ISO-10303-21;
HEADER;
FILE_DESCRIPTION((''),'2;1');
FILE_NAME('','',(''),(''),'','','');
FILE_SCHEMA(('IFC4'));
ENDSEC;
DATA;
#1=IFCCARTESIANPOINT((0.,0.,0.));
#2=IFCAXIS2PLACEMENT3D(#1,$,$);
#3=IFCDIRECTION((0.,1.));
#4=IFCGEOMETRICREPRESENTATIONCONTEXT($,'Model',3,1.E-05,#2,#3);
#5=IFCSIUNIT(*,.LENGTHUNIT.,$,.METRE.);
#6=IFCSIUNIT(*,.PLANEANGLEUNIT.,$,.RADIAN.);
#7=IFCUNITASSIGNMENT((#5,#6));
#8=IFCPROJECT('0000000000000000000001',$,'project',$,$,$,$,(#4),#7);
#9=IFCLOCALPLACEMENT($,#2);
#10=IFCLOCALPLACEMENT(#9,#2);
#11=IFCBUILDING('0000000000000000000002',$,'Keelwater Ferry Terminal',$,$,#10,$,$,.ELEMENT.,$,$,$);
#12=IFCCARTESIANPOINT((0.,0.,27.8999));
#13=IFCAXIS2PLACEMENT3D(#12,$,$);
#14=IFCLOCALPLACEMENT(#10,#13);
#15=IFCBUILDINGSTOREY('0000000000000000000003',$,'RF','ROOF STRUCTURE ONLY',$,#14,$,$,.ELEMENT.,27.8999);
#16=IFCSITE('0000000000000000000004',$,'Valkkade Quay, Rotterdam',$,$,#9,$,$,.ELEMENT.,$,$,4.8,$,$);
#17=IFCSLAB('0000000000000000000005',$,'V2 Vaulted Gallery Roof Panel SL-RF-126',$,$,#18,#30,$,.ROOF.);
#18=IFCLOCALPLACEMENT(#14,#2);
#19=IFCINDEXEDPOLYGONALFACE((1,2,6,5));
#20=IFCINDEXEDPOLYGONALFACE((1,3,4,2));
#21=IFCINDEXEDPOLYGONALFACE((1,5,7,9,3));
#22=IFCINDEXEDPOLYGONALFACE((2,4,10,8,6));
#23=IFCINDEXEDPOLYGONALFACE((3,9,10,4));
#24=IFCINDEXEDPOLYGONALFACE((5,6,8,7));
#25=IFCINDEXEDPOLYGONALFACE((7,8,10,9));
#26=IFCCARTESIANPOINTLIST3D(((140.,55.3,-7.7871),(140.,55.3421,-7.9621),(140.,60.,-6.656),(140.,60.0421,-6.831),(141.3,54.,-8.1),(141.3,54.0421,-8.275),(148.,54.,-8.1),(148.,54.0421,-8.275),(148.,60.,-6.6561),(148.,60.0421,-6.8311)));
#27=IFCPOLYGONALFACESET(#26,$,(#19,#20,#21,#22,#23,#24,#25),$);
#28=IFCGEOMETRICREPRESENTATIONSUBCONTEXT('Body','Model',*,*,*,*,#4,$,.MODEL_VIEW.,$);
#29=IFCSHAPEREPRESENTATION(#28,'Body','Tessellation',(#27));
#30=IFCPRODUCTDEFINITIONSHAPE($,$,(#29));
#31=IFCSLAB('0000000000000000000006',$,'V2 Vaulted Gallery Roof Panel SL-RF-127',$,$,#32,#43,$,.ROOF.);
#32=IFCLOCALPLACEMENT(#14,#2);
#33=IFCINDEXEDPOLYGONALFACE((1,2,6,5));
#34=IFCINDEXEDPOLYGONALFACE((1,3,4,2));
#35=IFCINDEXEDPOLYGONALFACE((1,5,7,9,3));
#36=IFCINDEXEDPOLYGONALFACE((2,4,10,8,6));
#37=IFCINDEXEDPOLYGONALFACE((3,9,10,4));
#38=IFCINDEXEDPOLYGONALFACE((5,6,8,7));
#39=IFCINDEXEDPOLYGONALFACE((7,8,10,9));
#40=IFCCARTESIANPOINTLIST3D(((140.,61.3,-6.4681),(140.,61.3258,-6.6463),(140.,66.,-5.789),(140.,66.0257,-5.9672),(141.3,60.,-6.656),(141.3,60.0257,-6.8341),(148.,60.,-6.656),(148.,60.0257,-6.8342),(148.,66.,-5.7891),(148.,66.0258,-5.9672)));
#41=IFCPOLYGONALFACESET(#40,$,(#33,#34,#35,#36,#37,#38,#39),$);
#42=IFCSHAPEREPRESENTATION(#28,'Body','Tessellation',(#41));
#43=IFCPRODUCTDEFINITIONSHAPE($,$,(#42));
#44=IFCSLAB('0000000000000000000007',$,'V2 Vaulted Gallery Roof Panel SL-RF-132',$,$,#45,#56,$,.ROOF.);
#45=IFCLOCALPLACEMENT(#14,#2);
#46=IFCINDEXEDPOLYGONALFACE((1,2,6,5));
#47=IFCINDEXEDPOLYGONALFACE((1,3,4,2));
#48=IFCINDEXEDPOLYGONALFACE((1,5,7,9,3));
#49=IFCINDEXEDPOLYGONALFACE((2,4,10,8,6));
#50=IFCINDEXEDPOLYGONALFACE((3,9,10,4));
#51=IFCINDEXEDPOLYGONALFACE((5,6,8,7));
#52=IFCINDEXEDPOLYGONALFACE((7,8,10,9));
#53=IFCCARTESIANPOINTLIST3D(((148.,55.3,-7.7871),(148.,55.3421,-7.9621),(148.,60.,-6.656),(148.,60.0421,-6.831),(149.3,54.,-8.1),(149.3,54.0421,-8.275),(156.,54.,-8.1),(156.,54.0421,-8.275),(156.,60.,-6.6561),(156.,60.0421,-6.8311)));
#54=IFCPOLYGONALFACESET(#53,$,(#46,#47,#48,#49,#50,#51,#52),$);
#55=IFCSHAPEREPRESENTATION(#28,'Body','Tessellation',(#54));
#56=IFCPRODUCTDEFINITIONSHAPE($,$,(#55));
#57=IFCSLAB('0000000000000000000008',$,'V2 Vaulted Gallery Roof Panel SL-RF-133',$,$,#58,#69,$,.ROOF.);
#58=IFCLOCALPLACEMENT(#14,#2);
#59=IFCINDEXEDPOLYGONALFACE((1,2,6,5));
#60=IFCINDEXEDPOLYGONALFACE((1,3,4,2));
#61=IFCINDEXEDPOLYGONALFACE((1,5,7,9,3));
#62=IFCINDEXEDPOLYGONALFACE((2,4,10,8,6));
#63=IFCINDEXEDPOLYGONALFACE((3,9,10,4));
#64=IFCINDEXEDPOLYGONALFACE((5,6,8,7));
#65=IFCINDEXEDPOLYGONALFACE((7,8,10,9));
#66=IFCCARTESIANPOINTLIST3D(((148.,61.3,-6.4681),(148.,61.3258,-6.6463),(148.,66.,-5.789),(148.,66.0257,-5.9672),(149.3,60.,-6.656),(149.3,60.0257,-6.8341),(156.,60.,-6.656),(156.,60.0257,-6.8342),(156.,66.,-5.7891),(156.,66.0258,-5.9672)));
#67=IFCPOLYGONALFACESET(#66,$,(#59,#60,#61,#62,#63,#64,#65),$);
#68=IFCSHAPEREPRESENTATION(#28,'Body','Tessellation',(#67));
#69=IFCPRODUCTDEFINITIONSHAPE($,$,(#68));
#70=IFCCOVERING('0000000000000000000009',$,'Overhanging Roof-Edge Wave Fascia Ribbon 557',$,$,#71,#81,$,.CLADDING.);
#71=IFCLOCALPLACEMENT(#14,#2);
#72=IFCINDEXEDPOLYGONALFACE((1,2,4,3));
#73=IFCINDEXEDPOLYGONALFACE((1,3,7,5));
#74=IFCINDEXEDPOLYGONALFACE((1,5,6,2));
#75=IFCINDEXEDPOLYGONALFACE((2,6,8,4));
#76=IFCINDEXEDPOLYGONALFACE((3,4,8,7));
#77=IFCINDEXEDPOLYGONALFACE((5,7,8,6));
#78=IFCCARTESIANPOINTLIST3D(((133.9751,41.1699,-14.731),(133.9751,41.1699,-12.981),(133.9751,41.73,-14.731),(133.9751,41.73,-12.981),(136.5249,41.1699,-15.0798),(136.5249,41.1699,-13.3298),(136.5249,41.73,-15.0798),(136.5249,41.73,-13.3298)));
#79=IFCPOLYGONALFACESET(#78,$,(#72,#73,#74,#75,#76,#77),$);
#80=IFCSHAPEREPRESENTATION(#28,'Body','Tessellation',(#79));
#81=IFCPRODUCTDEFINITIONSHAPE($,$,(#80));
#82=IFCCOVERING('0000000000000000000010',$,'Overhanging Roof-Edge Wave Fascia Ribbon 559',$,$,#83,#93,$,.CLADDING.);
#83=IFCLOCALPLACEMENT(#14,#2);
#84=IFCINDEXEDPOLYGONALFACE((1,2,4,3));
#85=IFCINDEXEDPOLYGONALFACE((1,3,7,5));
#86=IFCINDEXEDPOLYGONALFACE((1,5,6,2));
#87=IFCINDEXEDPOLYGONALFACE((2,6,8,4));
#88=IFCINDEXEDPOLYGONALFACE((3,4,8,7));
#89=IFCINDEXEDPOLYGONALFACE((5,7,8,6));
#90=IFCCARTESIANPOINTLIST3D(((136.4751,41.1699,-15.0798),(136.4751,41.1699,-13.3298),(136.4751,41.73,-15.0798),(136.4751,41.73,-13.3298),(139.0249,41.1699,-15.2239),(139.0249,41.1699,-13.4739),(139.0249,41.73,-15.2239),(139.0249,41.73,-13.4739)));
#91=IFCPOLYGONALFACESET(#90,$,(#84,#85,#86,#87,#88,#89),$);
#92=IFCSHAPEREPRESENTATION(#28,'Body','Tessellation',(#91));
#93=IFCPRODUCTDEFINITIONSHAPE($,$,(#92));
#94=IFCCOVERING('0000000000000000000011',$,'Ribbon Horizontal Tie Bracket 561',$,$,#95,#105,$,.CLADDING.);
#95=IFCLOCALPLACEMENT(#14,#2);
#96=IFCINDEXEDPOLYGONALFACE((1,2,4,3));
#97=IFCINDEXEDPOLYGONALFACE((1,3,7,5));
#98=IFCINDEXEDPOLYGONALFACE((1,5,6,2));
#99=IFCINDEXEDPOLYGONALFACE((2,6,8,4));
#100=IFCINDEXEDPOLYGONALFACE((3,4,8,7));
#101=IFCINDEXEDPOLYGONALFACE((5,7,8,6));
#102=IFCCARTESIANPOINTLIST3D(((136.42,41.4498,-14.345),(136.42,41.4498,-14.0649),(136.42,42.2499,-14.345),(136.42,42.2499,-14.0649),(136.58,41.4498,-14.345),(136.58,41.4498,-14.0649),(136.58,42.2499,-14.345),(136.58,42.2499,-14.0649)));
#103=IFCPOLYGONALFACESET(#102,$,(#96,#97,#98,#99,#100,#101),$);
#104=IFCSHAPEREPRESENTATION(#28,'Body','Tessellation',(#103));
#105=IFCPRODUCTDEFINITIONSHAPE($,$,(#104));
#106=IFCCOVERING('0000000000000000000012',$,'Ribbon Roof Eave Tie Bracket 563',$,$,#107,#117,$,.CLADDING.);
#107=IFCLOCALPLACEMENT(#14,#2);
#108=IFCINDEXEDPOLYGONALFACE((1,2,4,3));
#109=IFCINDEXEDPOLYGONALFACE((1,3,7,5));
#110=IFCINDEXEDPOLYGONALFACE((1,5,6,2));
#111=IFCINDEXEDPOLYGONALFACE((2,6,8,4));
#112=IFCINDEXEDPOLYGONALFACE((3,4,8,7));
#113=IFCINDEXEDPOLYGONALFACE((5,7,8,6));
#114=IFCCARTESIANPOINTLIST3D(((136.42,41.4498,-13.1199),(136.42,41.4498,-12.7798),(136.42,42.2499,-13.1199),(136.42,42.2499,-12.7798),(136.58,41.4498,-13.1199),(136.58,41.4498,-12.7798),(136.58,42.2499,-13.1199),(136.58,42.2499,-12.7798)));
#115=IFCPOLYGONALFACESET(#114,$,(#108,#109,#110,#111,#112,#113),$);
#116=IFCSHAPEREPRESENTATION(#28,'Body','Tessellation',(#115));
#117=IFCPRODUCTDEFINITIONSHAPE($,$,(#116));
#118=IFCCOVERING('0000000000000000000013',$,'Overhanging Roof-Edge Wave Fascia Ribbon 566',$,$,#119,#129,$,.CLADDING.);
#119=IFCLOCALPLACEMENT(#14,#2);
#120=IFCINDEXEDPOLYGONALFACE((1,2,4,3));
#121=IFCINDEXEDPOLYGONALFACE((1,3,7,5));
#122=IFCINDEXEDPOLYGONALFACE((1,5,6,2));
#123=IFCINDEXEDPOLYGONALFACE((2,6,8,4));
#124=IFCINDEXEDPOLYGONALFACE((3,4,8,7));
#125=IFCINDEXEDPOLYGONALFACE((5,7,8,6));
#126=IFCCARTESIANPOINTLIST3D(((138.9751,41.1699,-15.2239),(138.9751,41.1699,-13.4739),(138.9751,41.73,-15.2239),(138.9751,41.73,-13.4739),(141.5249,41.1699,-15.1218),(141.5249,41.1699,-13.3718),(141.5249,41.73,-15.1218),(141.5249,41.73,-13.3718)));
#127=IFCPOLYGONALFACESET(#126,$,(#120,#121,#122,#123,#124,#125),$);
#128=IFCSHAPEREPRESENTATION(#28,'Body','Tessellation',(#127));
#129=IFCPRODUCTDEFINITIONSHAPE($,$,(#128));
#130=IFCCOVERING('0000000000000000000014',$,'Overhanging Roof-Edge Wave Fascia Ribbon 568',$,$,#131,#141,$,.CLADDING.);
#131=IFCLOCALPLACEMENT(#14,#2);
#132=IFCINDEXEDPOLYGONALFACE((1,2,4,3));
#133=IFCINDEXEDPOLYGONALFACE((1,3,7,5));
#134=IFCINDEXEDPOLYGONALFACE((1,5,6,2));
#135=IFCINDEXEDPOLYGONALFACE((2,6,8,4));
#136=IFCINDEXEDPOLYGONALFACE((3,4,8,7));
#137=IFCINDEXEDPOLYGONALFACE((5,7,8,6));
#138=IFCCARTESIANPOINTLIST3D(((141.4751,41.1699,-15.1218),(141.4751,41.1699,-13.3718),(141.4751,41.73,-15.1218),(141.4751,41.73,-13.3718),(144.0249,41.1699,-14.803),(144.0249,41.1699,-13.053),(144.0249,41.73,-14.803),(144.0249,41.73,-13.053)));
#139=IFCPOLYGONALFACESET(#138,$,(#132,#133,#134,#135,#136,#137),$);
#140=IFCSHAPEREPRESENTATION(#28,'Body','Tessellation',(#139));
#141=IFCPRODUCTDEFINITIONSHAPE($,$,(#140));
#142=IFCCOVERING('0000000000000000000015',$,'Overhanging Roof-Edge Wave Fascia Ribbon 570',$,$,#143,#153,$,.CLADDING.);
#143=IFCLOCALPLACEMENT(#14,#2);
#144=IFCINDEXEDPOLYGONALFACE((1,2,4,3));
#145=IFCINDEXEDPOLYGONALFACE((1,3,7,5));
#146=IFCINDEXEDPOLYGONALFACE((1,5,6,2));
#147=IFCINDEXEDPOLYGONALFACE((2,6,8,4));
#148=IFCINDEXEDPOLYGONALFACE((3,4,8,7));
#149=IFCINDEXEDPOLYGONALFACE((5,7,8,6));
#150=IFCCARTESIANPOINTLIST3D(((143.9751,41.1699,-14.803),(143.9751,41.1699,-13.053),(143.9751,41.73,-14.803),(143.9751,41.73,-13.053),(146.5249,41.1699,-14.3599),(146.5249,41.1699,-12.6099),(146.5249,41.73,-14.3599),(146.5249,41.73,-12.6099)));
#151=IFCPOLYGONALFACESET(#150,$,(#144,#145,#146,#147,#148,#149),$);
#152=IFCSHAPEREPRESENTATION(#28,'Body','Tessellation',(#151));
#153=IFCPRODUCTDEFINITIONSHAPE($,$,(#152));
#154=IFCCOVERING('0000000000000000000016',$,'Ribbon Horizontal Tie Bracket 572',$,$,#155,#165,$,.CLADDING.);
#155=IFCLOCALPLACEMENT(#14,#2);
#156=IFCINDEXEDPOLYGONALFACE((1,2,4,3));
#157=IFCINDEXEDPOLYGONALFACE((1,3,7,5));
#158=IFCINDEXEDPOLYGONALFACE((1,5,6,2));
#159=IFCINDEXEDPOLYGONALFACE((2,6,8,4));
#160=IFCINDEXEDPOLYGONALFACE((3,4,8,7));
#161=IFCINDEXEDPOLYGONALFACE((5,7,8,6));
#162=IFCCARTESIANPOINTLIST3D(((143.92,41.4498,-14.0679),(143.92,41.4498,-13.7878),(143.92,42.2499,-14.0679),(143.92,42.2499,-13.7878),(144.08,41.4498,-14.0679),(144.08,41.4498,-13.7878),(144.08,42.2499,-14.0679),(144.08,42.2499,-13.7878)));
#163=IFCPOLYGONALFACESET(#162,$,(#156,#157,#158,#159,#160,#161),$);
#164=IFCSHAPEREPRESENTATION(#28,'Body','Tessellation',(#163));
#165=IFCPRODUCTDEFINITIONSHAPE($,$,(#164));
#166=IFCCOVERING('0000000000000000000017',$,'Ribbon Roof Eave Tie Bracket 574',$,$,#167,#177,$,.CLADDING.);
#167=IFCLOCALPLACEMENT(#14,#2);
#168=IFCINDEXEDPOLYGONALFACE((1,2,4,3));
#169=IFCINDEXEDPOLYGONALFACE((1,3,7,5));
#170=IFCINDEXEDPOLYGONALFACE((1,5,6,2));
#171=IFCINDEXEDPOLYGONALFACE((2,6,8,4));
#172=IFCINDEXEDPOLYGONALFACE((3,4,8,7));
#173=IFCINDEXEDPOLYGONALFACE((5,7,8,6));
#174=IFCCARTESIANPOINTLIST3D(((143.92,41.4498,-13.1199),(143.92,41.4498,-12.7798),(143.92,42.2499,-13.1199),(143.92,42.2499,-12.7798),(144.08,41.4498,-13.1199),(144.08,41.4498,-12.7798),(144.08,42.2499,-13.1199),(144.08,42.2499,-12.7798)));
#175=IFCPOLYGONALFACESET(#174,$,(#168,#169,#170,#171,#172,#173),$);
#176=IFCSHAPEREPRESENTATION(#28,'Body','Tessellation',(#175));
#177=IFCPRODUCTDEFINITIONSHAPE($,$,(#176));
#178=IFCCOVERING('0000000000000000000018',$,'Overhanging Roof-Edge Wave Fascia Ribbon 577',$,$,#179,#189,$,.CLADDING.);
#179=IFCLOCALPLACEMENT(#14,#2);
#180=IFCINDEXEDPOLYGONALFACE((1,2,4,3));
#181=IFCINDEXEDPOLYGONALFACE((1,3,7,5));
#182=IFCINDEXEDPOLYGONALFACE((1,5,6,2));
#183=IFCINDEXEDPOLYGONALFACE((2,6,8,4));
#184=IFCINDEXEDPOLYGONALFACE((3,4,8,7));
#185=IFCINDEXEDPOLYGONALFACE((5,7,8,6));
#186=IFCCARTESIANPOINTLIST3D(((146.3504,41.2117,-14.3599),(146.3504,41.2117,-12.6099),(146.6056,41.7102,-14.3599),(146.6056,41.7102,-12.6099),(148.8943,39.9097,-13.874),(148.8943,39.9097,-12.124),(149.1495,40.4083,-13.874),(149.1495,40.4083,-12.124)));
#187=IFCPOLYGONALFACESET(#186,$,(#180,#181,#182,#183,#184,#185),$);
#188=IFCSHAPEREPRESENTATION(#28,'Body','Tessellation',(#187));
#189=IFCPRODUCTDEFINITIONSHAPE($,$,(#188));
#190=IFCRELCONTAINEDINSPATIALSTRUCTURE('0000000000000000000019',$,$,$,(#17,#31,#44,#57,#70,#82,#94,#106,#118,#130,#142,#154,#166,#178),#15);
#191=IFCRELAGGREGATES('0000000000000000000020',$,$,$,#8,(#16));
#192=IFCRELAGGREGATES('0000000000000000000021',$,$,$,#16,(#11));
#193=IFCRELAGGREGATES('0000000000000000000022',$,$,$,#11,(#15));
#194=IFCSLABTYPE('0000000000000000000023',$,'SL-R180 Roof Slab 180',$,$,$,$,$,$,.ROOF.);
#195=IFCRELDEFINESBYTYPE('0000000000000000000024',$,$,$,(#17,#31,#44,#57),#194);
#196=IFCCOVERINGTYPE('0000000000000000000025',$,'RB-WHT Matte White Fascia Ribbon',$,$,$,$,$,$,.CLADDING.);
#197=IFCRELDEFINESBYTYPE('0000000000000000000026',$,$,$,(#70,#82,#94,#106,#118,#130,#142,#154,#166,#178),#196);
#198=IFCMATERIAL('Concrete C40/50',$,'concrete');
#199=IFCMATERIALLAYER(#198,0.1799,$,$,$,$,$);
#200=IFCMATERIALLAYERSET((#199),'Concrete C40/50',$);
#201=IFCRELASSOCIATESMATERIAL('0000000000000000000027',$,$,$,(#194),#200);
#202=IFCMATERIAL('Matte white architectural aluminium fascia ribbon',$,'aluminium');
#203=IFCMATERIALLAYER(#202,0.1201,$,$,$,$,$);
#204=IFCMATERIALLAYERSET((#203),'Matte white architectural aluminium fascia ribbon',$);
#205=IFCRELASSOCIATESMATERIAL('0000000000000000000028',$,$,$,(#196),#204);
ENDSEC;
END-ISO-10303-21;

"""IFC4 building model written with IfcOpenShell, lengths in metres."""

from ifc_helpers import new_model, si_unit, direction, frame, frame_2d, origin, origin_with_axes, place, context, subcontext, project, spatial, polyline, rectangle, outline, extrude, material, layer, layer_set, type_object, element, save


model = new_model("IFC4")

# Units and contexts
model_context = context("Model", 3, precision=1e-05, world=origin(), true_north=direction((0.0, 1.0)))
body_context = subcontext(model_context, "Body", "Model", "MODEL_VIEW")
ifc_project = project(units=[si_unit("LENGTHUNIT", "METRE"), si_unit("PLANEANGLEUNIT", "RADIAN")], contexts=[model_context])

# Site, building, storey
site_placement = place(None, origin())
site = spatial("IfcSite", under=ifc_project, at=site_placement, Name="Valkkade Quay, Rotterdam", CompositionType="ELEMENT", RefElevation=4.8)
building_placement = place(site_placement, origin())
building = spatial("IfcBuilding", under=site, at=building_placement, Name="Keelwater Ferry Terminal", CompositionType="ELEMENT")
storey_placement = place(building_placement, frame((0.0, 0.0, 27.8999)))
storey = spatial("IfcBuildingStorey", under=building, at=storey_placement, Name="RF", Description="ROOF STRUCTURE ONLY", CompositionType="ELEMENT", Elevation=27.8999)

# Slabs
ifc_material_1 = material(Name="Concrete C40/50", Category="concrete")
ifc_layer_1 = layer(ifc_material_1, 0.1799)
ifc_layer_set_1 = layer_set([ifc_layer_1], Name="Concrete C40/50")
slab_type = type_object("IfcSlabType", Name="SL-R180 Roof Slab 180", PredefinedType="ROOF", material=ifc_layer_set_1)
slab_1_placement = place(storey_placement, frame((141.3, 54.0421, -8.275), z_axis=(0.000006, -0.233982, 0.972241), x_axis=(1.0, 0.000001, -0.000006)))
element("IfcSlab", 1, at=slab_1_placement, inside=storey, type_object=slab_type, Name="V2 Vaulted Gallery Roof Panel SL-RF-126", PredefinedType="ROOF", context=body_context, shape_type="SweptSolid", body=[
    extrude(outline(polyline([(0.0, 0.0), (6.7, 0.0), (6.7, 6.1713), (-1.3, 6.1713), (-1.3, 1.3371), (0.0, 0.0)])), origin_with_axes(), (0.0, 0.0, 1.0), 0.18),
])
slab_2_placement = place(storey_placement, frame((141.3, 60.0257, -6.8341), z_axis=(0.000007, -0.14301, 0.989721), x_axis=(1.0, 0.000001, -0.000007)))
element("IfcSlab", 2, at=slab_2_placement, inside=storey, type_object=slab_type, Name="V2 Vaulted Gallery Roof Panel SL-RF-127", PredefinedType="ROOF", context=body_context, shape_type="SweptSolid", body=[
    extrude(outline(polyline([(0.0, 0.0), (6.7, 0.0), (6.7, 6.0623), (-1.3, 6.0623), (-1.3, 1.3135), (0.0, 0.0)])), origin_with_axes(), (0.0, 0.0, 1.0), 0.18),
])
slab_3_placement = place(storey_placement, frame((149.3, 54.0421, -8.275), z_axis=(0.000006, -0.233982, 0.972241), x_axis=(1.0, 0.000001, -0.000006)))
element("IfcSlab", 3, at=slab_3_placement, inside=storey, type_object=slab_type, Name="V2 Vaulted Gallery Roof Panel SL-RF-132", PredefinedType="ROOF", context=body_context, shape_type="SweptSolid", body=[
    extrude(outline(polyline([(0.0, 0.0), (6.7, 0.0), (6.7, 6.1713), (-1.3, 6.1713), (-1.3, 1.3371), (0.0, 0.0)])), origin_with_axes(), (0.0, 0.0, 1.0), 0.18),
])
slab_4_placement = place(storey_placement, frame((149.3, 60.0257, -6.8341), z_axis=(0.000007, -0.14301, 0.989721), x_axis=(1.0, 0.000001, -0.000007)))
element("IfcSlab", 4, at=slab_4_placement, inside=storey, type_object=slab_type, Name="V2 Vaulted Gallery Roof Panel SL-RF-133", PredefinedType="ROOF", context=body_context, shape_type="SweptSolid", body=[
    extrude(outline(polyline([(0.0, 0.0), (6.7, 0.0), (6.7, 6.0623), (-1.3, 6.0623), (-1.3, 1.3135), (0.0, 0.0)])), origin_with_axes(), (0.0, 0.0, 1.0), 0.18),
])

# Coverings
ifc_material_2 = material(Name="Matte white architectural aluminium fascia ribbon", Category="aluminium")
ifc_layer_2 = layer(ifc_material_2, 0.1201)
ifc_layer_set_2 = layer_set([ifc_layer_2], Name="Matte white architectural aluminium fascia ribbon")
covering_type = type_object("IfcCoveringType", Name="RB-WHT Matte White Fascia Ribbon", PredefinedType="CLADDING", material=ifc_layer_set_2)
covering_1_placement = place(storey_placement, frame((133.9751, 41.45, -15.0798), z_axis=(0.0, 0.0, 1.0), x_axis=(1.0, 0.0, 0.0)))
element("IfcCovering", 5, at=covering_1_placement, inside=storey, type_object=covering_type, Name="Overhanging Roof-Edge Wave Fascia Ribbon 557", PredefinedType="CLADDING", context=body_context, shape_type="SweptSolid", body=[
    extrude(outline(polyline([(0.0, 0.3489), (2.5498, 0.0), (2.5498, 1.75), (0.0, 2.0989), (0.0, 0.3489)])), frame((0.0, 0.28, 0.0), z_axis=(0.0, -1.0, 0.0), x_axis=(1.0, 0.0, 0.0)), (0.0, 0.0, 1.0), 0.5601),
])
covering_2_placement = place(storey_placement, frame((136.4751, 41.45, -15.2239), z_axis=(0.0, 0.0, 1.0), x_axis=(1.0, 0.0, 0.0)))
element("IfcCovering", 6, at=covering_2_placement, inside=storey, type_object=covering_type, Name="Overhanging Roof-Edge Wave Fascia Ribbon 559", PredefinedType="CLADDING", context=body_context, shape_type="SweptSolid", body=[
    extrude(outline(polyline([(0.0, 0.144), (2.5498, 0.0), (2.5498, 1.75), (0.0, 1.894), (0.0, 0.144)])), frame((0.0, 0.28, 0.0), z_axis=(0.0, -1.0, 0.0), x_axis=(1.0, 0.0, 0.0)), (0.0, 0.0, 1.0), 0.5601),
])
covering_3_placement = place(storey_placement, frame((136.5, 41.45, -14.345), z_axis=(0.0, 0.0, 1.0), x_axis=(0.0, 1.0, 0.0)))
element("IfcCovering", 7, at=covering_3_placement, inside=storey, type_object=covering_type, Name="Ribbon Horizontal Tie Bracket 561", PredefinedType="CLADDING", context=body_context, shape_type="SweptSolid", body=[
    extrude(rectangle(XDim=0.8, YDim=0.1599, at=frame_2d((0.3999, 0.0))), origin(), (0.0, 0.0, 1.0), 0.28),
])
covering_4_placement = place(storey_placement, frame((136.5, 41.45, -13.1199), z_axis=(0.0, 0.0, 1.0), x_axis=(0.0, 1.0, 0.0)))
element("IfcCovering", 8, at=covering_4_placement, inside=storey, type_object=covering_type, Name="Ribbon Roof Eave Tie Bracket 563", PredefinedType="CLADDING", context=body_context, shape_type="SweptSolid", body=[
    extrude(rectangle(XDim=0.8, YDim=0.1599, at=frame_2d((0.3999, 0.0))), origin(), (0.0, 0.0, 1.0), 0.3401),
])
covering_5_placement = place(storey_placement, frame((138.9751, 41.45, -15.2239), z_axis=(0.0, 0.0, 1.0), x_axis=(1.0, 0.0, 0.0)))
element("IfcCovering", 9, at=covering_5_placement, inside=storey, type_object=covering_type, Name="Overhanging Roof-Edge Wave Fascia Ribbon 566", PredefinedType="CLADDING", context=body_context, shape_type="SweptSolid", body=[
    extrude(outline(polyline([(0.0, 0.0), (2.5498, 0.1021), (2.5498, 1.8521), (0.0, 1.75), (0.0, 0.0)])), frame((0.0, 0.28, 0.0), z_axis=(0.0, -1.0, 0.0), x_axis=(1.0, 0.0, 0.0)), (0.0, 0.0, 1.0), 0.5601),
])
covering_6_placement = place(storey_placement, frame((141.4751, 41.45, -15.1218), z_axis=(0.0, 0.0, 1.0), x_axis=(1.0, 0.0, 0.0)))
element("IfcCovering", 10, at=covering_6_placement, inside=storey, type_object=covering_type, Name="Overhanging Roof-Edge Wave Fascia Ribbon 568", PredefinedType="CLADDING", context=body_context, shape_type="SweptSolid", body=[
    extrude(outline(polyline([(0.0, 0.0), (2.5498, 0.3188), (2.5498, 2.0688), (0.0, 1.75), (0.0, 0.0)])), frame((0.0, 0.28, 0.0), z_axis=(0.0, -1.0, 0.0), x_axis=(1.0, 0.0, 0.0)), (0.0, 0.0, 1.0), 0.5601),
])
covering_7_placement = place(storey_placement, frame((143.9751, 41.45, -14.803), z_axis=(0.0, 0.0, 1.0), x_axis=(1.0, 0.0, 0.0)))
element("IfcCovering", 11, at=covering_7_placement, inside=storey, type_object=covering_type, Name="Overhanging Roof-Edge Wave Fascia Ribbon 570", PredefinedType="CLADDING", context=body_context, shape_type="SweptSolid", body=[
    extrude(outline(polyline([(0.0, 0.0), (2.5498, 0.4431), (2.5498, 2.1931), (0.0, 1.75), (0.0, 0.0)])), frame((0.0, 0.28, 0.0), z_axis=(0.0, -1.0, 0.0), x_axis=(1.0, 0.0, 0.0)), (0.0, 0.0, 1.0), 0.5601),
])
covering_8_placement = place(storey_placement, frame((144.0, 41.45, -14.0679), z_axis=(0.0, 0.0, 1.0), x_axis=(0.0, 1.0, 0.0)))
element("IfcCovering", 12, at=covering_8_placement, inside=storey, type_object=covering_type, Name="Ribbon Horizontal Tie Bracket 572", PredefinedType="CLADDING", context=body_context, shape_type="SweptSolid", body=[
    extrude(rectangle(XDim=0.8, YDim=0.1599, at=frame_2d((0.3999, 0.0))), origin(), (0.0, 0.0, 1.0), 0.28),
])
covering_9_placement = place(storey_placement, frame((144.0, 41.45, -13.1199), z_axis=(0.0, 0.0, 1.0), x_axis=(0.0, 1.0, 0.0)))
element("IfcCovering", 13, at=covering_9_placement, inside=storey, type_object=covering_type, Name="Ribbon Roof Eave Tie Bracket 574", PredefinedType="CLADDING", context=body_context, shape_type="SweptSolid", body=[
    extrude(rectangle(XDim=0.8, YDim=0.1599, at=frame_2d((0.3999, 0.0))), origin(), (0.0, 0.0, 1.0), 0.3401),
])
covering_10_placement = place(storey_placement, frame((146.478, 41.4609, -14.3599), z_axis=(0.0, 0.0, 1.0), x_axis=(0.890185, -0.4556, 0.0)))
element("IfcCovering", 14, at=covering_10_placement, inside=storey, type_object=covering_type, Name="Overhanging Roof-Edge Wave Fascia Ribbon 577", PredefinedType="CLADDING", context=body_context, shape_type="SweptSolid", body=[
    extrude(outline(polyline([(0.0, 0.0), (2.8577, 0.4858), (2.8577, 2.2358), (0.0, 1.75), (0.0, 0.0)])), frame((0.0, 0.28, 0.0), z_axis=(0.0, -1.0, 0.0), x_axis=(1.0, 0.0, 0.0)), (0.0, 0.0, 1.0), 0.5601),
])

save(model, "model.ifc")
